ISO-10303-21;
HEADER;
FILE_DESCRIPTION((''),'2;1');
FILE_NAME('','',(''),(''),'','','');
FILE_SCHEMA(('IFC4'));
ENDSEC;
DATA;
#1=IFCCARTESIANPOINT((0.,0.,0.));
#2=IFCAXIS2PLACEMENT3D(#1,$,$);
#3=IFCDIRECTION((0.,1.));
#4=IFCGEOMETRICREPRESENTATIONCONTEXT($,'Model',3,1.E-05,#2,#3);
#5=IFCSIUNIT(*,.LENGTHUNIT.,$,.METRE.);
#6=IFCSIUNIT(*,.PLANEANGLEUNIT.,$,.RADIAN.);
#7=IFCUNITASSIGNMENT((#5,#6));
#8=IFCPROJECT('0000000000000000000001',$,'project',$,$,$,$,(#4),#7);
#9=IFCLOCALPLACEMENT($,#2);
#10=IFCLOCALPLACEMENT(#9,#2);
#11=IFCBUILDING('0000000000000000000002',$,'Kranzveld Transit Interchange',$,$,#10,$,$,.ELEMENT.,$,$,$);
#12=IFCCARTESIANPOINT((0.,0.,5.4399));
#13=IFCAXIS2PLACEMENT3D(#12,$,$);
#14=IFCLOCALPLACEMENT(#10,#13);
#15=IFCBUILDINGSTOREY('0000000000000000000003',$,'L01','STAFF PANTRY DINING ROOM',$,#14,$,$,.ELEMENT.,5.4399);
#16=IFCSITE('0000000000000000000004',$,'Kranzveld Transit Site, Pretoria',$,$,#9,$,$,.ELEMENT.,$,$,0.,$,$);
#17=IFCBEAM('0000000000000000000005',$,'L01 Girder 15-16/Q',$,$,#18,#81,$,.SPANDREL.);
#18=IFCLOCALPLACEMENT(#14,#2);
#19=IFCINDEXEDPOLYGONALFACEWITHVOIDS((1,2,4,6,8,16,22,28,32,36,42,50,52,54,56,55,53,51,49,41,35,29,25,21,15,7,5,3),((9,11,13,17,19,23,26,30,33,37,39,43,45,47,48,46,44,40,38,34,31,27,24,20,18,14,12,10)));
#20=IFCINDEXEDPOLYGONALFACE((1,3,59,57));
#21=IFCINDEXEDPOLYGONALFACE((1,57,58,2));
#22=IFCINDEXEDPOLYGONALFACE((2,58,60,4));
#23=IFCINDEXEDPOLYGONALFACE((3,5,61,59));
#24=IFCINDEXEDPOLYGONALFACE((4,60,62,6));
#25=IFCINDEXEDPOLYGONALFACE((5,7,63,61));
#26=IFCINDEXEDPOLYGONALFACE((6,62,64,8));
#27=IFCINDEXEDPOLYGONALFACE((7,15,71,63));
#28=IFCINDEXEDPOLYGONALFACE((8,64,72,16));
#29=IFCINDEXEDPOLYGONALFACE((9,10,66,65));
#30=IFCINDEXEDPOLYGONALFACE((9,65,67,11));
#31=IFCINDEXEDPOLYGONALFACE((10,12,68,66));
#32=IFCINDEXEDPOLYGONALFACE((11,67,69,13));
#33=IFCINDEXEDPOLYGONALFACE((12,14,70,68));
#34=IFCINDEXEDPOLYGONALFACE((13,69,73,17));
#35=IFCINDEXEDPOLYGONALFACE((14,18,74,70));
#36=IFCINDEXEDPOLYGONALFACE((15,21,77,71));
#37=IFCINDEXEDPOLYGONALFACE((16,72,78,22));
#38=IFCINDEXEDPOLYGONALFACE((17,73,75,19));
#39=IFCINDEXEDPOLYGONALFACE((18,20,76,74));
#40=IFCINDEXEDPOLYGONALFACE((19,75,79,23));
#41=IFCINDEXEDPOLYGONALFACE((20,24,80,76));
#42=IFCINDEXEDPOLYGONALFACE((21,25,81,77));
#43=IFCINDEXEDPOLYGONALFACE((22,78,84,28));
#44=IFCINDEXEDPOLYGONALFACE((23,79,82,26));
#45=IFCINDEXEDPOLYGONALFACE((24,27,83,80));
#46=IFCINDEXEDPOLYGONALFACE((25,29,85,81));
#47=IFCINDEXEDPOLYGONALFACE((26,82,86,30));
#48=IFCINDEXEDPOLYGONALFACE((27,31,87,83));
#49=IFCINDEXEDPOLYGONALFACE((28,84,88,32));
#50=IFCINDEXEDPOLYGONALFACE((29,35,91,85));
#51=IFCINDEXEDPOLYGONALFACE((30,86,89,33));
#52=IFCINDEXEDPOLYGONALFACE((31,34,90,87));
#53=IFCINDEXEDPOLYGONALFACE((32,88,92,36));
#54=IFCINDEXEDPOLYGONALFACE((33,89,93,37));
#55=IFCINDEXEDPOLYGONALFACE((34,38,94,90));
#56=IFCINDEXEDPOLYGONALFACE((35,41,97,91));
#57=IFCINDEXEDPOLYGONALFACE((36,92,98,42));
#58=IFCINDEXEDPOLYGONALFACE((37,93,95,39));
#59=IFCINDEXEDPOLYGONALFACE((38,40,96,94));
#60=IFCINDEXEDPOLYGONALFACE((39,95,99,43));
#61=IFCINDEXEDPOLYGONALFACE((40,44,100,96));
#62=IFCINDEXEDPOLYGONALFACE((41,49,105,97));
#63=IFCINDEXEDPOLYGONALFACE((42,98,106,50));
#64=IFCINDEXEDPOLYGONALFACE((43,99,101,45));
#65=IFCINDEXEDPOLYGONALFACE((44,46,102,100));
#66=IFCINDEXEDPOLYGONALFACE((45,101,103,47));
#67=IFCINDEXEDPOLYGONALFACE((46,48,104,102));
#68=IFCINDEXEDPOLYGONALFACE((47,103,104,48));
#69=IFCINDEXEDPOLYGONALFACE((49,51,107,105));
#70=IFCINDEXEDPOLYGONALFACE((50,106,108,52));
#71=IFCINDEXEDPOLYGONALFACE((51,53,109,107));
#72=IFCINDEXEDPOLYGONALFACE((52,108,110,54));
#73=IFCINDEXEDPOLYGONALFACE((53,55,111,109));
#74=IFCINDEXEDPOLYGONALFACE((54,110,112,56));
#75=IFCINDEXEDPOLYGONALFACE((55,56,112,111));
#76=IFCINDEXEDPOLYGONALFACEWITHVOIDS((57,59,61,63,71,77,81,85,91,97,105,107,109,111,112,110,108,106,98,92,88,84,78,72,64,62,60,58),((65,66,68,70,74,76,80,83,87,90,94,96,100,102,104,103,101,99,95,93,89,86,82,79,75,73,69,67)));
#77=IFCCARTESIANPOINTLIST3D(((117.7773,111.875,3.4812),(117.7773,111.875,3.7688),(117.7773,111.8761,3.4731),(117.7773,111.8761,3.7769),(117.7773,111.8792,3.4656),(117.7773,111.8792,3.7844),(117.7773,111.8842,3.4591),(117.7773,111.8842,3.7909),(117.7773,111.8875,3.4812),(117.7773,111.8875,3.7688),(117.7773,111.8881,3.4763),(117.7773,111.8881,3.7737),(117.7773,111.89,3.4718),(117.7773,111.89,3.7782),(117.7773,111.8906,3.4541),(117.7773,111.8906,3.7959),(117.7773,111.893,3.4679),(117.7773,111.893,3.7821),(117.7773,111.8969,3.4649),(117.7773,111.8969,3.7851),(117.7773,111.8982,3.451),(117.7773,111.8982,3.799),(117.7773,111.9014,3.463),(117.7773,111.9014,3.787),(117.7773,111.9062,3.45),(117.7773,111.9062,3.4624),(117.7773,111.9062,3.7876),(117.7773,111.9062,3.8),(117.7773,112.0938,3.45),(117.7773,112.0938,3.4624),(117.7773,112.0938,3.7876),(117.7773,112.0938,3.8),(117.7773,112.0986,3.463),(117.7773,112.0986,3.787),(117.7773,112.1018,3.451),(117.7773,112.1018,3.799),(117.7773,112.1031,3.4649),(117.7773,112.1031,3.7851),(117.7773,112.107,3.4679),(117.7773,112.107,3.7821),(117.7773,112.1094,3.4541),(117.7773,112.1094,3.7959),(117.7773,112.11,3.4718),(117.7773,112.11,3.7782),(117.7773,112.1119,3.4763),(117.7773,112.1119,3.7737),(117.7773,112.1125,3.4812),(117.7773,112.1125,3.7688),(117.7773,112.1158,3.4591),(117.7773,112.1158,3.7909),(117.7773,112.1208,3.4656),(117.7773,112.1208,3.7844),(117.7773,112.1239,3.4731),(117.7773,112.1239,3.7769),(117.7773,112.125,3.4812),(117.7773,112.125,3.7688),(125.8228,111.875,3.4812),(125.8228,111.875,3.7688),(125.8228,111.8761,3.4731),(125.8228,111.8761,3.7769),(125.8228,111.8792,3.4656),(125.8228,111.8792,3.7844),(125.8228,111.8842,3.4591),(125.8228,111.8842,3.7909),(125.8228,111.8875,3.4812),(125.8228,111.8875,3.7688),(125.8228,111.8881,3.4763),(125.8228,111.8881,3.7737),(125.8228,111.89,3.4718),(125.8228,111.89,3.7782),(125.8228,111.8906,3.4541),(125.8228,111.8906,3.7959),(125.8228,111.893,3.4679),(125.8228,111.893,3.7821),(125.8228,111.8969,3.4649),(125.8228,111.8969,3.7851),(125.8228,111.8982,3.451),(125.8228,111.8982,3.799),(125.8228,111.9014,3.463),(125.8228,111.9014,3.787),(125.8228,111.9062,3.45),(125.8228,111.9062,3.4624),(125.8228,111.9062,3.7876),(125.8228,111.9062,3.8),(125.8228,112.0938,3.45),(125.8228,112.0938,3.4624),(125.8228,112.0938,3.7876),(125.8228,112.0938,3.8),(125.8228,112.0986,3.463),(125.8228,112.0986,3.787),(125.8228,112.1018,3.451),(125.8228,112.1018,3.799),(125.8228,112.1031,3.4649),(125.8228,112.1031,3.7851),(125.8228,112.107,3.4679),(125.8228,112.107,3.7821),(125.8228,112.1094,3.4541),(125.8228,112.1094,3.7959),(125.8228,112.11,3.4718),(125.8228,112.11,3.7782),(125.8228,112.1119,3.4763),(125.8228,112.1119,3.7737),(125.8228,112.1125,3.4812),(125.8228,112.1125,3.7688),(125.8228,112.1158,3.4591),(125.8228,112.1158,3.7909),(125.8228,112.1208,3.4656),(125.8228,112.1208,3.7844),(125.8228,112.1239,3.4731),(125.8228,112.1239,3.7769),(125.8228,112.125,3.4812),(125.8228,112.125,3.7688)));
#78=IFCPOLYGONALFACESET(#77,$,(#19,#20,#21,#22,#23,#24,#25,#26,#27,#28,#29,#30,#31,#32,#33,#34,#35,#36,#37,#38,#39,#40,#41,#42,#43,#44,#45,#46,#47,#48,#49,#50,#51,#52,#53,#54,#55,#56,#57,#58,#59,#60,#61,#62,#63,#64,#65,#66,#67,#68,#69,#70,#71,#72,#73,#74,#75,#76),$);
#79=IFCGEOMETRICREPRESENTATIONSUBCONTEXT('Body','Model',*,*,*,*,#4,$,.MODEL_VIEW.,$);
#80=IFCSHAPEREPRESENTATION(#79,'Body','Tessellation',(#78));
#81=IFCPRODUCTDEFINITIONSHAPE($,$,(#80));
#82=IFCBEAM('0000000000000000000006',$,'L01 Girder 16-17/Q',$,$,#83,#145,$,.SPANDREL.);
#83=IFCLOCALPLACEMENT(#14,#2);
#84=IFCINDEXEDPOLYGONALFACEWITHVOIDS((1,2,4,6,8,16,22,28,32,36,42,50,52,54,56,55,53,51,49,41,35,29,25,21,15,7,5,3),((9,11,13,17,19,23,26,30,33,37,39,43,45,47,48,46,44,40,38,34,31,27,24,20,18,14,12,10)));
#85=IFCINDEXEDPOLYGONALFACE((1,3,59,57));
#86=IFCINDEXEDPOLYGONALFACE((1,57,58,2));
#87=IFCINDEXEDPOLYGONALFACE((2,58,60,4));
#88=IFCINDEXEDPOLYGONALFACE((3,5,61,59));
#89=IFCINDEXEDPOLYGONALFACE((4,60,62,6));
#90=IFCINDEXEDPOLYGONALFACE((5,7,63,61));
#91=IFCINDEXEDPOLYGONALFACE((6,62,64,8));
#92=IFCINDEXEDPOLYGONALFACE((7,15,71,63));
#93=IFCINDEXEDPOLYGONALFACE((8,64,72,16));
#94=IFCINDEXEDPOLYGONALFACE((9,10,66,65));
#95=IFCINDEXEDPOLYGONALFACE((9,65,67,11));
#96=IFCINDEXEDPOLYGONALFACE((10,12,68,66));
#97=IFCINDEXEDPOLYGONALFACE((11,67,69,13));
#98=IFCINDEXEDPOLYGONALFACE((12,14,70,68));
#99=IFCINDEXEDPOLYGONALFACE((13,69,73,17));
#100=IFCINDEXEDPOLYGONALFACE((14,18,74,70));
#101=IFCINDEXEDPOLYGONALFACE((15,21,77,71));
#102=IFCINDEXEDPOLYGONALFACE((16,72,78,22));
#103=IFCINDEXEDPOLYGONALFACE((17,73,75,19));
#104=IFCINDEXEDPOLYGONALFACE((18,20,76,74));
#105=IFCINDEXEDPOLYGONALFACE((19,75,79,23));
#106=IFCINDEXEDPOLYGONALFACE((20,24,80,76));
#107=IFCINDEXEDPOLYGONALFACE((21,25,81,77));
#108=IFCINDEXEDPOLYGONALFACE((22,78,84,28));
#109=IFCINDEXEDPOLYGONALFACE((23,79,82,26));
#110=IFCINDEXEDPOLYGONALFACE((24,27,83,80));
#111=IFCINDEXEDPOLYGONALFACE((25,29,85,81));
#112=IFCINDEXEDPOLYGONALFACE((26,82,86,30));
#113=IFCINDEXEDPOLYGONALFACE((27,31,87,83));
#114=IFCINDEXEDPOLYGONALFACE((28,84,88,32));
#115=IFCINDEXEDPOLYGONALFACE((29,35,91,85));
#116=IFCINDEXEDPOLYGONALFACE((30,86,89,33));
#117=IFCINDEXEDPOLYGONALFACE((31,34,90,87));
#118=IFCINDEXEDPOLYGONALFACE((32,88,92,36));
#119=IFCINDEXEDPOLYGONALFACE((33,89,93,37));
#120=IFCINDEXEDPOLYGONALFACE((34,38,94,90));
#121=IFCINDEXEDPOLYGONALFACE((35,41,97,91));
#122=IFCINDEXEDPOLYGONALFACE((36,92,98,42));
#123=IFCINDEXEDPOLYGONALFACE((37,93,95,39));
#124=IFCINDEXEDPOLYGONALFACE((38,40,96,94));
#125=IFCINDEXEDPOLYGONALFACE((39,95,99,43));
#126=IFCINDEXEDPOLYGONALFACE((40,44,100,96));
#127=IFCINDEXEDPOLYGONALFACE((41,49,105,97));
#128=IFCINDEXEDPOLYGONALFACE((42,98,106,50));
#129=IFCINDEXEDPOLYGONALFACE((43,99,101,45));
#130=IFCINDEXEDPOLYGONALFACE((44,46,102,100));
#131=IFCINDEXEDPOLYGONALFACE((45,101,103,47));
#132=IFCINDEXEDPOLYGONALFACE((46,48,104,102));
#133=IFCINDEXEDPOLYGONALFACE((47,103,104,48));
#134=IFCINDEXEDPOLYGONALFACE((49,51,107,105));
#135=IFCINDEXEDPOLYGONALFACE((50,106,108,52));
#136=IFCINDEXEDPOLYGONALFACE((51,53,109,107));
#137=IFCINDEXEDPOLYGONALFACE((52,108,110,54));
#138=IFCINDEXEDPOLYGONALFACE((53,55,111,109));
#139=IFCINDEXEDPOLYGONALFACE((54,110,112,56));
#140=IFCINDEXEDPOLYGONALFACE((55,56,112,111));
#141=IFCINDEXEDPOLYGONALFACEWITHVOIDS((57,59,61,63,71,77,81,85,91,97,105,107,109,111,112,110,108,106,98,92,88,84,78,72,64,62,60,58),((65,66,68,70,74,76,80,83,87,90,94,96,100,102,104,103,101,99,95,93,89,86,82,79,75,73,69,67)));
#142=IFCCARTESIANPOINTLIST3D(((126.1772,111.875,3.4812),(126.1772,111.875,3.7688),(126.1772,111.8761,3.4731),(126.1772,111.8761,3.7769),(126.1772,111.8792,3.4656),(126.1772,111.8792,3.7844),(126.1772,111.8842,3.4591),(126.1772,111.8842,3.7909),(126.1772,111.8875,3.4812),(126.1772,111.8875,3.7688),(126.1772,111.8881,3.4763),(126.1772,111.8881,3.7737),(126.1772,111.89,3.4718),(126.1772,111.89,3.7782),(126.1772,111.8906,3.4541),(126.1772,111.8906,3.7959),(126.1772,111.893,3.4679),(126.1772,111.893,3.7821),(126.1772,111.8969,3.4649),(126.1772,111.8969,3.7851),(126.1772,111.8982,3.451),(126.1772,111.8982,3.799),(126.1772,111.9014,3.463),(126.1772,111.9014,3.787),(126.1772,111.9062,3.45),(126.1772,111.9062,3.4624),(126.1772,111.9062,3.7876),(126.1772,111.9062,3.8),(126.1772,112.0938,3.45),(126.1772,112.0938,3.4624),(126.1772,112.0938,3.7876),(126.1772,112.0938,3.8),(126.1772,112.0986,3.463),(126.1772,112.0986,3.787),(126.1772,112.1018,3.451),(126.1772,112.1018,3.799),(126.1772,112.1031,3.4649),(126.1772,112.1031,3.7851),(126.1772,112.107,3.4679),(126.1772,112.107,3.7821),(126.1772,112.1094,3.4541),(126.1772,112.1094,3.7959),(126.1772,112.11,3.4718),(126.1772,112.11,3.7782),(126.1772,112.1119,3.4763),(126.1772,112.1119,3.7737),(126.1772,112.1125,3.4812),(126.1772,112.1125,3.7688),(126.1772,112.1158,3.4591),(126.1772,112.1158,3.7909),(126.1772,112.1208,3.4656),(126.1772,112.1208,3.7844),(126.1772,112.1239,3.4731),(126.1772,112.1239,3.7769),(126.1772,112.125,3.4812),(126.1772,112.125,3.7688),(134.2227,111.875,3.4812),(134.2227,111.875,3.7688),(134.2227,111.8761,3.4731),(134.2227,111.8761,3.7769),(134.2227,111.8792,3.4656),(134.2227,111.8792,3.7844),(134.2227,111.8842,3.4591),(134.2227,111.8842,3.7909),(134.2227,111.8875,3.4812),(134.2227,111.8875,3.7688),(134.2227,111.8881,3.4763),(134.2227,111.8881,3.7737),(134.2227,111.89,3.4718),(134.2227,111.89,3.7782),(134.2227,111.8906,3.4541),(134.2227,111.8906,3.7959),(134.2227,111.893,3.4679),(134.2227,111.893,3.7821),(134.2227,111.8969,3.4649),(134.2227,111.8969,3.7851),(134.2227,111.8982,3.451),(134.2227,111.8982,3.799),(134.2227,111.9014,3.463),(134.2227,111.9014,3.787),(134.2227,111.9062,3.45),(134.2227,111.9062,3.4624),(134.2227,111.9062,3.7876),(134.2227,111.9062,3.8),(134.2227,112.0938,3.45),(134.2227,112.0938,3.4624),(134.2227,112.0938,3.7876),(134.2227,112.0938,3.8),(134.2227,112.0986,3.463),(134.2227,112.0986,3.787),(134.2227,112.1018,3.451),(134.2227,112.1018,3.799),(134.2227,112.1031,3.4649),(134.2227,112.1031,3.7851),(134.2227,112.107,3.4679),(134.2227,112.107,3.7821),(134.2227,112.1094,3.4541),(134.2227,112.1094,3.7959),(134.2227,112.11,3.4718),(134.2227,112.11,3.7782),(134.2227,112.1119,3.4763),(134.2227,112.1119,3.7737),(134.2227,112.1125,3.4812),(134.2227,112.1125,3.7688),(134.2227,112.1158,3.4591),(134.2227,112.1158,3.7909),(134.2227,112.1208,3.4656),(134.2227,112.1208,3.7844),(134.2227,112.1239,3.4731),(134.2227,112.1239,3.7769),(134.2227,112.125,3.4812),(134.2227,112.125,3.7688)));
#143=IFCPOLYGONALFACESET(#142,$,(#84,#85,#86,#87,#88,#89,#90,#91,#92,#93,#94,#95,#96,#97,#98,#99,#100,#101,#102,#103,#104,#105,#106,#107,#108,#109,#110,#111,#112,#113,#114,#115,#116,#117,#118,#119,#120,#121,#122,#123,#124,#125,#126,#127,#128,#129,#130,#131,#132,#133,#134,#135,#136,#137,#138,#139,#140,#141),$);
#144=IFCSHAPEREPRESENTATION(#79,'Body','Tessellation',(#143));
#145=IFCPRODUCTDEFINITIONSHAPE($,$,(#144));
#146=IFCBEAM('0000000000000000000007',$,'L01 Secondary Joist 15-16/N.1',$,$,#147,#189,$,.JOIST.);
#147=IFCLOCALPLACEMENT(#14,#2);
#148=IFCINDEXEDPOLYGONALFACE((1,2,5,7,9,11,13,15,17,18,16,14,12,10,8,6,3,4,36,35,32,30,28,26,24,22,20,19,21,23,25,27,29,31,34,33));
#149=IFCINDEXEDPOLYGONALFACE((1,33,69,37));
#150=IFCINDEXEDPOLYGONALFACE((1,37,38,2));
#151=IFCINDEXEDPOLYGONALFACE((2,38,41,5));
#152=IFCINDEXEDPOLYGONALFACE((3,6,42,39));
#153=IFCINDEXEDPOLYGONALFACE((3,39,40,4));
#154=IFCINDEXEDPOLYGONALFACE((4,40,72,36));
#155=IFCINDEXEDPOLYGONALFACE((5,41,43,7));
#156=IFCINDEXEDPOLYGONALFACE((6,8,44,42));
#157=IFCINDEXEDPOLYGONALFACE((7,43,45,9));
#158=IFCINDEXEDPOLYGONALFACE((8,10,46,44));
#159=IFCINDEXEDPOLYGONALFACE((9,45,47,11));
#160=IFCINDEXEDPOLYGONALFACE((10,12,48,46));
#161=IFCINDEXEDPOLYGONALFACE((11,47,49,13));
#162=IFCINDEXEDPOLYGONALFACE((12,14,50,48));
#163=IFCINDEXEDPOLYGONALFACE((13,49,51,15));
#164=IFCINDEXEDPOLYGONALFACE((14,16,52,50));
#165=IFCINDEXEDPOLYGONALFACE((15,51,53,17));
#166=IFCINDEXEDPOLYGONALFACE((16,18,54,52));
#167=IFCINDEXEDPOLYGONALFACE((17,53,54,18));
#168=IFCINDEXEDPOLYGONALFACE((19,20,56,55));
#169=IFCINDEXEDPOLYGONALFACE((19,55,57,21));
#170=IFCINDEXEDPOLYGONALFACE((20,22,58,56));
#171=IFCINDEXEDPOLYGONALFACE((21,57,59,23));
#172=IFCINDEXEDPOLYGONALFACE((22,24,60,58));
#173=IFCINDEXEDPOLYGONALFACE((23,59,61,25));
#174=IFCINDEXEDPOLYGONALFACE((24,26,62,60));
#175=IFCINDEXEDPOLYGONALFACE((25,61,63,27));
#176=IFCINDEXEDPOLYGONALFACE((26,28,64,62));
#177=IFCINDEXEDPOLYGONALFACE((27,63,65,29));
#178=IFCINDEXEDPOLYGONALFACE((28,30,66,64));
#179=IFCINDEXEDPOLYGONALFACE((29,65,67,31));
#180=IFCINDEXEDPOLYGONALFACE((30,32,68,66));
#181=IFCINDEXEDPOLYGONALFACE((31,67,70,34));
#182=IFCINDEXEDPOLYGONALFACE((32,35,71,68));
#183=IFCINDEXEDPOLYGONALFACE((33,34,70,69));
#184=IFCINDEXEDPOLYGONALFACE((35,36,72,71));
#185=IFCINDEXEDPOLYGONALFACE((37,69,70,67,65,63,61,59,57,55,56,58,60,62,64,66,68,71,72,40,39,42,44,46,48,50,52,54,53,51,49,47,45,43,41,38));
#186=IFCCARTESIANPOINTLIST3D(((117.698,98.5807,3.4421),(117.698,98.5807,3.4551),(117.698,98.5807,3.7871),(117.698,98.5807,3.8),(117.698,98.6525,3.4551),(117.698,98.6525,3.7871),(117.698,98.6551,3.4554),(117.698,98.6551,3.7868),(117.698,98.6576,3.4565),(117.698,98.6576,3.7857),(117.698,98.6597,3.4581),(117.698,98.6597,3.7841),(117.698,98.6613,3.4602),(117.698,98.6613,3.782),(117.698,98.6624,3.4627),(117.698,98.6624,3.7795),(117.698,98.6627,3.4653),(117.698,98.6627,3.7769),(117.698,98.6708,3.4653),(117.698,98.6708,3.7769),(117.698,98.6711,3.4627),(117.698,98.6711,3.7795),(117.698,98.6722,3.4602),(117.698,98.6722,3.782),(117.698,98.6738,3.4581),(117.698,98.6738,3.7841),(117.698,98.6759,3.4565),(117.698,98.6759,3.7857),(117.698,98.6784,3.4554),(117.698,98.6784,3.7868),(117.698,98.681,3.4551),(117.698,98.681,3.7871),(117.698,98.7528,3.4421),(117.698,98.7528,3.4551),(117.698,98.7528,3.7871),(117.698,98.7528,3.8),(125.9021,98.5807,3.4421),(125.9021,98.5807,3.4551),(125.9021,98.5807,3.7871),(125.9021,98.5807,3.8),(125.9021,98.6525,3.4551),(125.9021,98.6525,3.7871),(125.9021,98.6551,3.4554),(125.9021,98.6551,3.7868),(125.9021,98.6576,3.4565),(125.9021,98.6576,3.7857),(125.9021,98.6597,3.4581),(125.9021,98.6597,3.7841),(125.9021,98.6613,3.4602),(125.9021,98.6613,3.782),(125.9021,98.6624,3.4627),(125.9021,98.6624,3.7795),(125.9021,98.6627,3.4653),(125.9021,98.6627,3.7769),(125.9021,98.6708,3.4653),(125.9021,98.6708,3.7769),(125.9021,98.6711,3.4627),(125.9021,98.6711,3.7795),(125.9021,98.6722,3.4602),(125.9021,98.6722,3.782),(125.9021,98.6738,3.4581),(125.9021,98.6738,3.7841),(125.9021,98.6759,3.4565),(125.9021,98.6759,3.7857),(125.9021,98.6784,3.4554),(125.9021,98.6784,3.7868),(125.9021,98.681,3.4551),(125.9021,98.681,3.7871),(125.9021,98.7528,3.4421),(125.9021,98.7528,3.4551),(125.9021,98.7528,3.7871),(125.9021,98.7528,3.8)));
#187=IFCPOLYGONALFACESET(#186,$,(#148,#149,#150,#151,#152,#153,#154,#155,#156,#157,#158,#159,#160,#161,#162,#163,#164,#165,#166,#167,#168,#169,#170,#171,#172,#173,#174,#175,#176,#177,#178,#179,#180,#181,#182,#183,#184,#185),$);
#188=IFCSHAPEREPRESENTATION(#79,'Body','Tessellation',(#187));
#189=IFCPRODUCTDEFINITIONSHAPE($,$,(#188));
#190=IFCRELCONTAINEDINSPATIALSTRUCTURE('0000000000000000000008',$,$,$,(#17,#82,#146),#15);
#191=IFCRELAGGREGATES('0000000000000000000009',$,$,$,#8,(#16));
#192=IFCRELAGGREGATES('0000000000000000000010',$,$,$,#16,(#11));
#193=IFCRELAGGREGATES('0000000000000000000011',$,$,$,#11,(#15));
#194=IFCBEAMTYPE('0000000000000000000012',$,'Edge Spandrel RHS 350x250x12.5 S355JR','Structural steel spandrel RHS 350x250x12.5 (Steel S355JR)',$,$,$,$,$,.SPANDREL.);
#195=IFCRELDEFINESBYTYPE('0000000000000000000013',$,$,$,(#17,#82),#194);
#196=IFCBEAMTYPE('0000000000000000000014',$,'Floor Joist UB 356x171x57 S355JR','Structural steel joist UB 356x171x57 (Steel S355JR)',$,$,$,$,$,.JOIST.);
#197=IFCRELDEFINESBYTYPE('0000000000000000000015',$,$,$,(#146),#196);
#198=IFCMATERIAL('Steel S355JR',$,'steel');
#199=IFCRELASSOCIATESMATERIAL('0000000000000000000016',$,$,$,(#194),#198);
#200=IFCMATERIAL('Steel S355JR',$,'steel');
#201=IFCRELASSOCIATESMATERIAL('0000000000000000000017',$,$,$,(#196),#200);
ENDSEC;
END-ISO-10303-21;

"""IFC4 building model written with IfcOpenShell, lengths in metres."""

from ifc_helpers import new_model, si_unit, direction, frame, origin, origin_2d, place, context, subcontext, project, spatial, hollow_rectangle, i_section, extrude, material, material_profile, profile_set, type_object, element, save


model = new_model("IFC4")

# Units and contexts
model_context = context("Model", 3, precision=1e-05, world=origin(), true_north=direction((0.0, 1.0)))
body_context = subcontext(model_context, "Body", "Model", "MODEL_VIEW")
ifc_project = project(units=[si_unit("LENGTHUNIT", "METRE"), si_unit("PLANEANGLEUNIT", "RADIAN")], contexts=[model_context])

# Site, building, storey
site_placement = place(None, origin())
site = spatial("IfcSite", under=ifc_project, at=site_placement, Name="Kranzveld Transit Site, Pretoria", CompositionType="ELEMENT", RefElevation=0.0)
building_placement = place(site_placement, origin())
building = spatial("IfcBuilding", under=site, at=building_placement, Name="Kranzveld Transit Interchange", CompositionType="ELEMENT")
storey_placement = place(building_placement, frame((0.0, 0.0, 5.4399)))
storey = spatial("IfcBuildingStorey", under=building, at=storey_placement, Name="L01", Description="STAFF PANTRY DINING ROOM", CompositionType="ELEMENT", Elevation=5.4399)

# Beams
ifc_material_1 = material(Name="Steel S355JR", Category="steel")
ifc_material_profile_1 = material_profile(ifc_material_1, hollow_rectangle(XDim=0.25, YDim=0.3501, WallThickness=0.0125, InnerFilletRadius=0.0188, OuterFilletRadius=0.0312, at=origin_2d()), Name="RHS 350x250x12.5")
ifc_profile_set_1 = profile_set([ifc_material_profile_1], Name="Steel S355JR")
beam_type_1 = type_object("IfcBeamType", Name="Edge Spandrel RHS 350x250x12.5 S355JR", Description="Structural steel spandrel RHS 350x250x12.5 (Steel S355JR)", PredefinedType="SPANDREL", material=ifc_profile_set_1)
for number, where, z_axis, x_axis, name in (
    (1, (117.7773, 112.0, 3.625), (1.0, 0.0, 0.0), (0.0, 1.0, 0.0), "L01 Girder 15-16/Q"),
    (2, (126.1772, 112.0, 3.625), (1.0, 0.0, 0.0), (0.0, 1.0, 0.0), "L01 Girder 16-17/Q"),
):
    element("IfcBeam", number, at=place(storey_placement, frame(where, z_axis=z_axis, x_axis=x_axis)), inside=storey, type_object=beam_type_1, Name=name, PredefinedType="SPANDREL", context=body_context, shape_type="SweptSolid", body=[
        extrude(hollow_rectangle(XDim=0.25, YDim=0.3501, WallThickness=0.0125, InnerFilletRadius=0.0188, OuterFilletRadius=0.0312, at=origin_2d()), origin(), (0.0, 0.0, 1.0), 8.0454),
    ])
ifc_material_2 = material(Name="Steel S355JR", Category="steel")
ifc_material_profile_2 = material_profile(ifc_material_2, i_section(OverallWidth=0.1721, OverallDepth=0.3579, WebThickness=0.0081, FlangeThickness=0.0129, FilletRadius=0.0103, at=origin_2d()), Name="UB 356x171x57")
ifc_profile_set_2 = profile_set([ifc_material_profile_2], Name="Steel S355JR")
beam_type_2 = type_object("IfcBeamType", Name="Floor Joist UB 356x171x57 S355JR", Description="Structural steel joist UB 356x171x57 (Steel S355JR)", PredefinedType="JOIST", material=ifc_profile_set_2)
for number, where, z_axis, x_axis, name in (
    (3, (117.698, 98.6667, 3.6211), (1.0, 0.0, 0.0), (0.0, 1.0, 0.0), "L01 Secondary Joist 15-16/N.1"),
):
    element("IfcBeam", number, at=place(storey_placement, frame(where, z_axis=z_axis, x_axis=x_axis)), inside=storey, type_object=beam_type_2, Name=name, PredefinedType="JOIST", context=body_context, shape_type="SweptSolid", body=[
        extrude(i_section(OverallWidth=0.1721, OverallDepth=0.3579, WebThickness=0.0081, FlangeThickness=0.0129, FilletRadius=0.0103, at=origin_2d()), origin(), (0.0, 0.0, 1.0), 8.2041),
    ])

save(model, "model.ifc")
